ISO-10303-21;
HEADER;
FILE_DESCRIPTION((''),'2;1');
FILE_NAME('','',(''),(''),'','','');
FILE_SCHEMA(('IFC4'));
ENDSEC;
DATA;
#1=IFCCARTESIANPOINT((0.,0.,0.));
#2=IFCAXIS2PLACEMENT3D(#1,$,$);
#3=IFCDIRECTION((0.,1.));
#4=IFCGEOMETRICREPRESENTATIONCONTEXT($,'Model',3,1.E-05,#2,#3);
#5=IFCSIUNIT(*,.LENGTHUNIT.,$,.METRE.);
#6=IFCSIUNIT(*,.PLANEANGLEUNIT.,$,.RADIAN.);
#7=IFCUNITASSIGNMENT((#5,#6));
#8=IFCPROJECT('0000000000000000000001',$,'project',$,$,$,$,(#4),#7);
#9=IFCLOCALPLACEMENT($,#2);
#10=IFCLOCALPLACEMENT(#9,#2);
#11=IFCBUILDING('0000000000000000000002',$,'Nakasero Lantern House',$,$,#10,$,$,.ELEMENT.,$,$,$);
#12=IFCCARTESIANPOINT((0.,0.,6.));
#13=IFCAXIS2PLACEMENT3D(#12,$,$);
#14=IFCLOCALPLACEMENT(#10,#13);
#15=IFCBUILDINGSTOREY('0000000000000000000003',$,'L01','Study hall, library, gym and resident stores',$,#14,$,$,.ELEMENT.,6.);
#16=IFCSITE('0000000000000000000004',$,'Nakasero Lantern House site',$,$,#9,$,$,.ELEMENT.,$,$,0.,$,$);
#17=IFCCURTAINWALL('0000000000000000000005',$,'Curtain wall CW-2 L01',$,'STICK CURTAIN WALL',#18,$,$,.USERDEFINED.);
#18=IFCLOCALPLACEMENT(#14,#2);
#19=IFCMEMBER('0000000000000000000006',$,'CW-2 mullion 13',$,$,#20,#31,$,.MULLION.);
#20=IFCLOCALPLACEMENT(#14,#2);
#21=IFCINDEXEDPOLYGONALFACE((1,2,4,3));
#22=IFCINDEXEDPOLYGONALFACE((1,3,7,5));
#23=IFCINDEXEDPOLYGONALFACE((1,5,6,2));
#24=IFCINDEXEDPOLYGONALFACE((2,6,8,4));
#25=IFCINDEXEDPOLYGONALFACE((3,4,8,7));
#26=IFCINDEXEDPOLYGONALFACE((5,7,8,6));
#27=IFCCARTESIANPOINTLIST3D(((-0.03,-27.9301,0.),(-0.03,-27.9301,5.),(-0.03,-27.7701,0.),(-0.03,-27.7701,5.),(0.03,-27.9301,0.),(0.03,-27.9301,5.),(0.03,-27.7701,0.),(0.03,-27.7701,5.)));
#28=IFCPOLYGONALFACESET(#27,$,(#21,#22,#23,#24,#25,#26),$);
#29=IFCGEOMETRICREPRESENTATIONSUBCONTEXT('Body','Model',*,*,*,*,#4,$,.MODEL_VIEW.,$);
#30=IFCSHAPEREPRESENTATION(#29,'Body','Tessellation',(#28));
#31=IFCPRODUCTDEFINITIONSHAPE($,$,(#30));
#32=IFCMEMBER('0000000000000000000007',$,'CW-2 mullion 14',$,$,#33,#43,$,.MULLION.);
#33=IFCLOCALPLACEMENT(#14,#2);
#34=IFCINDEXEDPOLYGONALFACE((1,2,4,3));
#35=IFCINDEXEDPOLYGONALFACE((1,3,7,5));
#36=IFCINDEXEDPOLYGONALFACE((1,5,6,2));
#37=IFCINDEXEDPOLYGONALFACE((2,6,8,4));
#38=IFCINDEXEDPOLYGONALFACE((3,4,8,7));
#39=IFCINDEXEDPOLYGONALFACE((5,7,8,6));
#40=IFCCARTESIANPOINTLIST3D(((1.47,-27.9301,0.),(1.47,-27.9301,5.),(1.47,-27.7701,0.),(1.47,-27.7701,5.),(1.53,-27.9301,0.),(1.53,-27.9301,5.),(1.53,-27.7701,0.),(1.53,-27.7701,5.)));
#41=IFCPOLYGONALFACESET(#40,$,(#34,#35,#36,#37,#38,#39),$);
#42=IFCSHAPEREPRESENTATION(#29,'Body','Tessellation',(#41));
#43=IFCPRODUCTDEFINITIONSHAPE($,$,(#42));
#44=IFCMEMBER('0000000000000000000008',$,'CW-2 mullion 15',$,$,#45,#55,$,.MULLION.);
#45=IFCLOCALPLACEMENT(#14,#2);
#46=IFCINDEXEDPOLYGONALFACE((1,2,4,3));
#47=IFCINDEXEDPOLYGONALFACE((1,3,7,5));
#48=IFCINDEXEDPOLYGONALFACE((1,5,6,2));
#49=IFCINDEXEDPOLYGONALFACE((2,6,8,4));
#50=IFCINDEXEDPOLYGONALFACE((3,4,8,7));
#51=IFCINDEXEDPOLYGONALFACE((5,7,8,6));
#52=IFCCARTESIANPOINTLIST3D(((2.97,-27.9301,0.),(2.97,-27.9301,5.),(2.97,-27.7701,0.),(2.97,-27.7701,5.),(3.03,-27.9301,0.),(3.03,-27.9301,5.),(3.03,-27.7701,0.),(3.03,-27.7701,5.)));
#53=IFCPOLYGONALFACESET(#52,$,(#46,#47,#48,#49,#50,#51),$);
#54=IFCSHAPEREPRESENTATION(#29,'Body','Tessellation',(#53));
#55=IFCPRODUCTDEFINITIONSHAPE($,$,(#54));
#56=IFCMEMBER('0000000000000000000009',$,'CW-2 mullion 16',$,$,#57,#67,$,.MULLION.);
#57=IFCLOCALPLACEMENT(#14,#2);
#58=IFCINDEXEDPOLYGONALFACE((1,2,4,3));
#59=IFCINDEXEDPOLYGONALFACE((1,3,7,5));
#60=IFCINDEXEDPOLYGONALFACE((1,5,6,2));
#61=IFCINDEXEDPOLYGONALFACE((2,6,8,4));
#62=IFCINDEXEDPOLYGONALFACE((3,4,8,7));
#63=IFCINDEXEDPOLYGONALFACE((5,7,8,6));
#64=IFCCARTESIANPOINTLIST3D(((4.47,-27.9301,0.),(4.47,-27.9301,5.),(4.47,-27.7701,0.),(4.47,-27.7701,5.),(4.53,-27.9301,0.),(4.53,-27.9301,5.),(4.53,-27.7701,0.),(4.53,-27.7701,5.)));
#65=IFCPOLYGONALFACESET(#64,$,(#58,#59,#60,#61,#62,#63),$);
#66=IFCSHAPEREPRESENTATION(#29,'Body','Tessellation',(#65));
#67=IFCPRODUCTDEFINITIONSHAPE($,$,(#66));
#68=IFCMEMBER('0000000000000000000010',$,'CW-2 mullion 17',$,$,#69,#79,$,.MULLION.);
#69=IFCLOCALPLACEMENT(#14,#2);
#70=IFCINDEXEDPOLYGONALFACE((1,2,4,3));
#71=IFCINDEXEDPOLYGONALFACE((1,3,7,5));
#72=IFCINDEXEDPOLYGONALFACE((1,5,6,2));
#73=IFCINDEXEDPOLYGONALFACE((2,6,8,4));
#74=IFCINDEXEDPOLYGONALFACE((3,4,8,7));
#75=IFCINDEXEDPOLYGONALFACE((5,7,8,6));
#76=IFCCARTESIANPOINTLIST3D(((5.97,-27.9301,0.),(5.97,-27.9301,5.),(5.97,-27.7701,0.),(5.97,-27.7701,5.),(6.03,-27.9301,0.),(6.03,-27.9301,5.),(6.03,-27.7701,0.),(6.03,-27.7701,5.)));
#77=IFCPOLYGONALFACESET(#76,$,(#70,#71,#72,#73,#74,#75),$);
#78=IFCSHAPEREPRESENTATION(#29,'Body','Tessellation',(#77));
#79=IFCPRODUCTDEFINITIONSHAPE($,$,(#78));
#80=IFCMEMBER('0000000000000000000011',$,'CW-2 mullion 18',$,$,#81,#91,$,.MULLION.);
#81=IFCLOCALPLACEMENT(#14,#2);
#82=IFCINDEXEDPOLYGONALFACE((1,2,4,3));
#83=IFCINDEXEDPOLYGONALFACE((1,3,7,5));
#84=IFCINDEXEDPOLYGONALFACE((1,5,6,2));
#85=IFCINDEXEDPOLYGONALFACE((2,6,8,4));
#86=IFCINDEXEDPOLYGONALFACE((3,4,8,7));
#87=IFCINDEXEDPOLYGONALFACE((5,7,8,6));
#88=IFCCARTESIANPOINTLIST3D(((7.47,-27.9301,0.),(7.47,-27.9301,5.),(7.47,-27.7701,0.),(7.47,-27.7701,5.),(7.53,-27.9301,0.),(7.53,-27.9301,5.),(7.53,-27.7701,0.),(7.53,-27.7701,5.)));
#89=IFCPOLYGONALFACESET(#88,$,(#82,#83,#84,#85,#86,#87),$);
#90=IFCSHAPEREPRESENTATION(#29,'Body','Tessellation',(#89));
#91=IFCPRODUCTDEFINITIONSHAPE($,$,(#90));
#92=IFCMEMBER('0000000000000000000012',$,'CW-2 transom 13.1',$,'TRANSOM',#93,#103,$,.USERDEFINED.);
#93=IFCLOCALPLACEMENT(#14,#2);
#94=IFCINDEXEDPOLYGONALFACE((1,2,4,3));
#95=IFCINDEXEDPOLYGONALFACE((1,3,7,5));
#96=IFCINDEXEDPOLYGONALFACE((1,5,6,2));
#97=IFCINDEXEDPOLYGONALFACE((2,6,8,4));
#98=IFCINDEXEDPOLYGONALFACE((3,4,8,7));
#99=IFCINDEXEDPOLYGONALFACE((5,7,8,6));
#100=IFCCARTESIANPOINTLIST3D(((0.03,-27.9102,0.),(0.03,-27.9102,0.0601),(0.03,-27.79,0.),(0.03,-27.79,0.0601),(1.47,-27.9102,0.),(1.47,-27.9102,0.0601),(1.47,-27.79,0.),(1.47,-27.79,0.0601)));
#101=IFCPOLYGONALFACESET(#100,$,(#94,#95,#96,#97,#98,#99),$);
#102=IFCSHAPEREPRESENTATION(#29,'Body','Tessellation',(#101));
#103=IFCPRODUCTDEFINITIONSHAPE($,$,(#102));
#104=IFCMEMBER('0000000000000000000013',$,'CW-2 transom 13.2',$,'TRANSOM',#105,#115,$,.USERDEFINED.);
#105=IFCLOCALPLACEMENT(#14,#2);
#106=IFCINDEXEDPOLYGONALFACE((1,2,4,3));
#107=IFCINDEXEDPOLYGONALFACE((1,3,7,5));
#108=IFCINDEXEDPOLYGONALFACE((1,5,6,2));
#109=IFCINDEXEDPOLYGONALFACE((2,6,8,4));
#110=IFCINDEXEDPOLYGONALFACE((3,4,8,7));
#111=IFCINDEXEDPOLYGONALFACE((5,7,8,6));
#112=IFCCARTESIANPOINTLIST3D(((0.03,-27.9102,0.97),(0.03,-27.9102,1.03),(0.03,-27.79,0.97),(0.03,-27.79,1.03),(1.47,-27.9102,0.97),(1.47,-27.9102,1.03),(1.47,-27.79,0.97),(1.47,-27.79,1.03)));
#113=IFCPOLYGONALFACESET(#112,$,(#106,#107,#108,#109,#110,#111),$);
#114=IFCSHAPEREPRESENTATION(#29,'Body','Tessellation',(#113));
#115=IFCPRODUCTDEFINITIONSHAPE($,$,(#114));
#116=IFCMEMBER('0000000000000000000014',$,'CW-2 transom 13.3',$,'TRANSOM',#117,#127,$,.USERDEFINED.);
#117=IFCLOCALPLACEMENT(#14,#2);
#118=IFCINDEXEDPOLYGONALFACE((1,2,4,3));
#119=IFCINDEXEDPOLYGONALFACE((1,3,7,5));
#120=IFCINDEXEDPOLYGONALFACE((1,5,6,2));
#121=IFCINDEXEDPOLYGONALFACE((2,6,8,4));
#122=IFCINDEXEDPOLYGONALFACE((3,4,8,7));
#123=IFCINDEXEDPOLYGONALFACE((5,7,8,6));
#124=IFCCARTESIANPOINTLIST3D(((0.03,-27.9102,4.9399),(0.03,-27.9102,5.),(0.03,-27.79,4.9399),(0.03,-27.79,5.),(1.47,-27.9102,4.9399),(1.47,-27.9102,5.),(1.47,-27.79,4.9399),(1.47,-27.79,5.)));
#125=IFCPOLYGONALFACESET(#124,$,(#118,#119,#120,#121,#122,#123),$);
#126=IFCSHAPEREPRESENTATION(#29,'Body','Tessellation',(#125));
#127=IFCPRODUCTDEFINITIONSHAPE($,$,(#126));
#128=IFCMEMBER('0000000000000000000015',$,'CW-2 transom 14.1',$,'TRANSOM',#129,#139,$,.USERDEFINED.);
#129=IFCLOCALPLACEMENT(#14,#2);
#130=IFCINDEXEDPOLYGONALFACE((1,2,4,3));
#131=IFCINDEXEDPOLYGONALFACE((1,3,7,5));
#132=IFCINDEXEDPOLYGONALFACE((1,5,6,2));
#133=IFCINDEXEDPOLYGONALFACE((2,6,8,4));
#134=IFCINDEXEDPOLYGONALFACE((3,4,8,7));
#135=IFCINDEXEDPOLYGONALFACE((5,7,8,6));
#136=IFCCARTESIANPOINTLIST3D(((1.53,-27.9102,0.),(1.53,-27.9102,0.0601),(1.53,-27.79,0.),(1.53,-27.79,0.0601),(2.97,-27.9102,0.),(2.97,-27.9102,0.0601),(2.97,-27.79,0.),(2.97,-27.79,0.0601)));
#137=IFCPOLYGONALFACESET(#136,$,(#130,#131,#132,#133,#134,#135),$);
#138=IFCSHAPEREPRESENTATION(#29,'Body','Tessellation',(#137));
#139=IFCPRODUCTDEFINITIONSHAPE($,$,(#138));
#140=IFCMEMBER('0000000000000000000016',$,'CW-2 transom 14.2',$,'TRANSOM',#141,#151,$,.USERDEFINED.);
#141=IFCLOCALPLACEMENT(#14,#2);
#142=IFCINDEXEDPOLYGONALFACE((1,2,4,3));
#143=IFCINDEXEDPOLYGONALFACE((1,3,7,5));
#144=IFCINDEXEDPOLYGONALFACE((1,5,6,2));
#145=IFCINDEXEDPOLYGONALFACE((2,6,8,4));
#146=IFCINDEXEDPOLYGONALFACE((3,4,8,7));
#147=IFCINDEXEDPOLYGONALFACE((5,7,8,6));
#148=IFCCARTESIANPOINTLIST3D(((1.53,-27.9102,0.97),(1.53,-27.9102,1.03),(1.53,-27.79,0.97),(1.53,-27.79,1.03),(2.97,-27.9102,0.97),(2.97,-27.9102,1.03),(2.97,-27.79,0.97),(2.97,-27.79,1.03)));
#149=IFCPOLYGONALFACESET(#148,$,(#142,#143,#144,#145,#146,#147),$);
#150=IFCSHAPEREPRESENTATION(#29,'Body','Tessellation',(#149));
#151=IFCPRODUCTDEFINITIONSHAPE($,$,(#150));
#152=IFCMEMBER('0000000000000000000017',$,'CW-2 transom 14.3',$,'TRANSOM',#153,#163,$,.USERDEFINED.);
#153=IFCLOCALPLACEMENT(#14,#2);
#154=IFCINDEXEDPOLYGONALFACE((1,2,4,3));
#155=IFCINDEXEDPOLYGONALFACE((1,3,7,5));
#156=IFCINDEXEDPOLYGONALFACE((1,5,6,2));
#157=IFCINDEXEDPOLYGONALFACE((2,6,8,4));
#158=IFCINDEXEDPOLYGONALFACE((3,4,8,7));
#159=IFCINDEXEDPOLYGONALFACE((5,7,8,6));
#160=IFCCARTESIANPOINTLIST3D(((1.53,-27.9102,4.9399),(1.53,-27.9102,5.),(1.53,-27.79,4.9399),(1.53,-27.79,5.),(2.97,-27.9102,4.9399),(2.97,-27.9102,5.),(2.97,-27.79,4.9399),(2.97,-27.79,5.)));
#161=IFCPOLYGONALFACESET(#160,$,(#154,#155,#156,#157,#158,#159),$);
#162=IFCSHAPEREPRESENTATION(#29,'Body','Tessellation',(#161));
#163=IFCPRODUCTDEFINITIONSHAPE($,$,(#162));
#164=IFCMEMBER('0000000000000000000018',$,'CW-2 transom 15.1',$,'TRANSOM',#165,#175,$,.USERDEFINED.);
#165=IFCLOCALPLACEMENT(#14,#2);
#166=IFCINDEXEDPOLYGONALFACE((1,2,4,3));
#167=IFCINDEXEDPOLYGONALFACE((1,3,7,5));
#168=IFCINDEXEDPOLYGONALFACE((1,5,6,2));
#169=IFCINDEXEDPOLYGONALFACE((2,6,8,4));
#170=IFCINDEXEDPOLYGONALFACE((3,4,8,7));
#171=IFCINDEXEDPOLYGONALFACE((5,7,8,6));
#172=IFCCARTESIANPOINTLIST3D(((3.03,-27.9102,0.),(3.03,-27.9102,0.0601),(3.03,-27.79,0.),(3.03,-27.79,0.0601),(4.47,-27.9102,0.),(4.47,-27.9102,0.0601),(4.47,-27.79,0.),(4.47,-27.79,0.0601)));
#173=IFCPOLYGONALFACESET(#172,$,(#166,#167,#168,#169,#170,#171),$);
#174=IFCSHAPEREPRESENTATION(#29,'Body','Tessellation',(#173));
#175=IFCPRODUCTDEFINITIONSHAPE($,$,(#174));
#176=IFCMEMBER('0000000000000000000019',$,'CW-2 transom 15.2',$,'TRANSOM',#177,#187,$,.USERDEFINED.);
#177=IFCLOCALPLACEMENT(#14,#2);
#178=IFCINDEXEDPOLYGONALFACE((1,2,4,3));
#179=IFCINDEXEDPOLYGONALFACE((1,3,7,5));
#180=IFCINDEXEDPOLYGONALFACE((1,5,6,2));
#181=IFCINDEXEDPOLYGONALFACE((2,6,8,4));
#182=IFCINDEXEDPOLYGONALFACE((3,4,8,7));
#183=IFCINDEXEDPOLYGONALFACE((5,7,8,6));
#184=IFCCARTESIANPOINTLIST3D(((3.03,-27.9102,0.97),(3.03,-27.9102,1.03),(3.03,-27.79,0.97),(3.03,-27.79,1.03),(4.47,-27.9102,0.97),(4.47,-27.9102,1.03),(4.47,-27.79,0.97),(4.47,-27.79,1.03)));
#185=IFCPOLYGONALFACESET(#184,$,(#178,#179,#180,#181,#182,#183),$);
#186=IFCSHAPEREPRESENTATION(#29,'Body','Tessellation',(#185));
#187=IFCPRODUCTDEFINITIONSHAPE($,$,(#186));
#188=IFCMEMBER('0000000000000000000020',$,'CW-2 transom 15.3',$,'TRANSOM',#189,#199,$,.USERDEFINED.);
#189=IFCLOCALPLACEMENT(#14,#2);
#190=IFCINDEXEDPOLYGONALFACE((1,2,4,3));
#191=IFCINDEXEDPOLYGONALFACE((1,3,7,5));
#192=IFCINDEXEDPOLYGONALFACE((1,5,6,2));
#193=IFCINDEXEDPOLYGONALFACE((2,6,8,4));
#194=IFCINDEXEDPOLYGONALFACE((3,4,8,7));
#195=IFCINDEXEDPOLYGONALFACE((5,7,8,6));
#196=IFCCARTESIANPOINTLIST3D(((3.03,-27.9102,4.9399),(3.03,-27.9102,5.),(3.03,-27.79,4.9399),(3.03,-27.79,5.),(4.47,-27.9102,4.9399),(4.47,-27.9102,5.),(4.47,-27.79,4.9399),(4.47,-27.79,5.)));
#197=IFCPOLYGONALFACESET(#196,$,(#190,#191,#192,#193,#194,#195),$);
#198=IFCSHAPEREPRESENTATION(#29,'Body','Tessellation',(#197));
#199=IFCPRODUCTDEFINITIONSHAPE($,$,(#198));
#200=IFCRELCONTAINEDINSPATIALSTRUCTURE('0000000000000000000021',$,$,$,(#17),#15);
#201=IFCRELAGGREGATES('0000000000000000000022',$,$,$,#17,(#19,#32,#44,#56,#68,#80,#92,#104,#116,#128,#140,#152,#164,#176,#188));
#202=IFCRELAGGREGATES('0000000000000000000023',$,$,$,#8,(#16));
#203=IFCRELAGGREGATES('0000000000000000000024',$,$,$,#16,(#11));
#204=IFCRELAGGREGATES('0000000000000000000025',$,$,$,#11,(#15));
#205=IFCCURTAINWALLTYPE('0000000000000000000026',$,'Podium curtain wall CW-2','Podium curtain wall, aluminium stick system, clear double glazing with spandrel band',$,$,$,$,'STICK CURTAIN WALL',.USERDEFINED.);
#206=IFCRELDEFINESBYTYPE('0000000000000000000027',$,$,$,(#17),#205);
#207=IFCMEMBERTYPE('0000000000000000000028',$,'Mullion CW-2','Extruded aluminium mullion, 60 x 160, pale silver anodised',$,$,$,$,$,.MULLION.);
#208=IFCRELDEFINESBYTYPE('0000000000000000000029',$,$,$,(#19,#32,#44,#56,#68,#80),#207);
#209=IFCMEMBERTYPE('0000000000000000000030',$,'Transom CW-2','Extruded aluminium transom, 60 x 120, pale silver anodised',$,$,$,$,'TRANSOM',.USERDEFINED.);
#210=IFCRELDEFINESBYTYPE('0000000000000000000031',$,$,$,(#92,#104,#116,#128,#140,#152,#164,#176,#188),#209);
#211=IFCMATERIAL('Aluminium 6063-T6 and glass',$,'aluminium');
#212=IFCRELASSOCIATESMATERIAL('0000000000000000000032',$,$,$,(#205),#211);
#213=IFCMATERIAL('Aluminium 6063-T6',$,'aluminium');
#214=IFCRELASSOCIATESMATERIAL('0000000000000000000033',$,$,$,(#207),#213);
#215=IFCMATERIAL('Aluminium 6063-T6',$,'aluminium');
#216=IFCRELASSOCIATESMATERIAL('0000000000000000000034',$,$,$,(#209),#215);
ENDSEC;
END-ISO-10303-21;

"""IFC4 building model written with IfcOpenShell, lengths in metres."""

from ifc_helpers import new_model, si_unit, direction, frame, origin, origin_2d, place, context, subcontext, project, spatial, rectangle, extrude, material, material_profile, profile_set, type_object, element, aggregate, save


model = new_model("IFC4")

# Units and contexts
model_context = context("Model", 3, precision=1e-05, world=origin(), true_north=direction((0.0, 1.0)))
body_context = subcontext(model_context, "Body", "Model", "MODEL_VIEW")
ifc_project = project(units=[si_unit("LENGTHUNIT", "METRE"), si_unit("PLANEANGLEUNIT", "RADIAN")], contexts=[model_context])

# Site, building, storey
site_placement = place(None, origin())
site = spatial("IfcSite", under=ifc_project, at=site_placement, Name="Nakasero Lantern House site", CompositionType="ELEMENT", RefElevation=0.0)
building_placement = place(site_placement, origin())
building = spatial("IfcBuilding", under=site, at=building_placement, Name="Nakasero Lantern House", CompositionType="ELEMENT")
storey_placement = place(building_placement, frame((0.0, 0.0, 6.0)))
storey = spatial("IfcBuildingStorey", under=building, at=storey_placement, Name="L01", Description="Study hall, library, gym and resident stores", CompositionType="ELEMENT", Elevation=6.0)

# Curtain wall, members
ifc_material_1 = material(Name="Aluminium 6063-T6 and glass", Category="aluminium")
curtain_wall_type = type_object("IfcCurtainWallType", Name="Podium curtain wall CW-2", Description="Podium curtain wall, aluminium stick system, clear double glazing with spandrel band", ElementType="STICK CURTAIN WALL", PredefinedType="USERDEFINED", material=ifc_material_1)
curtain_wall_placement = place(storey_placement, origin())
curtain_wall = element("IfcCurtainWall", 1, at=curtain_wall_placement, inside=storey, type_object=curtain_wall_type, Name="Curtain wall CW-2 L01", ObjectType="STICK CURTAIN WALL", PredefinedType="USERDEFINED")
ifc_material_2 = material(Name="Aluminium 6063-T6", Category="aluminium")
ifc_material_profile_1 = material_profile(ifc_material_2, rectangle(XDim=0.0601, YDim=0.1599, at=origin_2d()), Name="CW-2 mullion 60x160")
ifc_profile_set_1 = profile_set([ifc_material_profile_1], Name="Aluminium 6063-T6")
member_type_1 = type_object("IfcMemberType", Name="Mullion CW-2", Description="Extruded aluminium mullion, 60 x 160, pale silver anodised", PredefinedType="MULLION", material=ifc_profile_set_1)
member_1_placement = place(storey_placement, frame((0.0, -27.8501, 0.0), z_axis=(0.0, 0.0, 1.0), x_axis=(1.0, 0.0, 0.0)))
member_1 = element("IfcMember", 2, at=member_1_placement, type_object=member_type_1, Name="CW-2 mullion 13", PredefinedType="MULLION", context=body_context, shape_type="SweptSolid", body=[
    extrude(rectangle(XDim=0.0601, YDim=0.1599, at=origin_2d()), origin(), (0.0, 0.0, 1.0), 5.0),
])
member_2_placement = place(storey_placement, frame((1.5, -27.8501, 0.0), z_axis=(0.0, 0.0, 1.0), x_axis=(1.0, 0.0, 0.0)))
member_2 = element("IfcMember", 3, at=member_2_placement, type_object=member_type_1, Name="CW-2 mullion 14", PredefinedType="MULLION", context=body_context, shape_type="SweptSolid", body=[
    extrude(rectangle(XDim=0.0601, YDim=0.1599, at=origin_2d()), origin(), (0.0, 0.0, 1.0), 5.0),
])
member_3_placement = place(storey_placement, frame((3.0, -27.8501, 0.0), z_axis=(0.0, 0.0, 1.0), x_axis=(1.0, 0.0, 0.0)))
member_3 = element("IfcMember", 4, at=member_3_placement, type_object=member_type_1, Name="CW-2 mullion 15", PredefinedType="MULLION", context=body_context, shape_type="SweptSolid", body=[
    extrude(rectangle(XDim=0.0601, YDim=0.1599, at=origin_2d()), origin(), (0.0, 0.0, 1.0), 5.0),
])
member_4_placement = place(storey_placement, frame((4.5, -27.8501, 0.0), z_axis=(0.0, 0.0, 1.0), x_axis=(1.0, 0.0, 0.0)))
member_4 = element("IfcMember", 5, at=member_4_placement, type_object=member_type_1, Name="CW-2 mullion 16", PredefinedType="MULLION", context=body_context, shape_type="SweptSolid", body=[
    extrude(rectangle(XDim=0.0601, YDim=0.1599, at=origin_2d()), origin(), (0.0, 0.0, 1.0), 5.0),
])
member_5_placement = place(storey_placement, frame((6.0, -27.8501, 0.0), z_axis=(0.0, 0.0, 1.0), x_axis=(1.0, 0.0, 0.0)))
member_5 = element("IfcMember", 6, at=member_5_placement, type_object=member_type_1, Name="CW-2 mullion 17", PredefinedType="MULLION", context=body_context, shape_type="SweptSolid", body=[
    extrude(rectangle(XDim=0.0601, YDim=0.1599, at=origin_2d()), origin(), (0.0, 0.0, 1.0), 5.0),
])
member_6_placement = place(storey_placement, frame((7.5, -27.8501, 0.0), z_axis=(0.0, 0.0, 1.0), x_axis=(1.0, 0.0, 0.0)))
member_6 = element("IfcMember", 7, at=member_6_placement, type_object=member_type_1, Name="CW-2 mullion 18", PredefinedType="MULLION", context=body_context, shape_type="SweptSolid", body=[
    extrude(rectangle(XDim=0.0601, YDim=0.1599, at=origin_2d()), origin(), (0.0, 0.0, 1.0), 5.0),
])
ifc_material_3 = material(Name="Aluminium 6063-T6", Category="aluminium")
ifc_material_profile_2 = material_profile(ifc_material_3, rectangle(XDim=0.0601, YDim=0.1201, at=origin_2d()), Name="CW-2 transom 60x120")
ifc_profile_set_2 = profile_set([ifc_material_profile_2], Name="Aluminium 6063-T6")
member_type_2 = type_object("IfcMemberType", Name="Transom CW-2", Description="Extruded aluminium transom, 60 x 120, pale silver anodised", ElementType="TRANSOM", PredefinedType="USERDEFINED", material=ifc_profile_set_2)
member_7_placement = place(storey_placement, frame((0.03, -27.8501, 0.03), z_axis=(1.0, 0.0, 0.0), x_axis=(0.0, 0.0, 1.0)))
member_7 = element("IfcMember", 8, at=member_7_placement, type_object=member_type_2, Name="CW-2 transom 13.1", ObjectType="TRANSOM", PredefinedType="USERDEFINED", context=body_context, shape_type="SweptSolid", body=[
    extrude(rectangle(XDim=0.0601, YDim=0.1201, at=origin_2d()), origin(), (0.0, 0.0, 1.0), 1.4399),
])
member_8_placement = place(storey_placement, frame((0.03, -27.8501, 1.0), z_axis=(1.0, 0.0, 0.0), x_axis=(0.0, 0.0, 1.0)))
member_8 = element("IfcMember", 9, at=member_8_placement, type_object=member_type_2, Name="CW-2 transom 13.2", ObjectType="TRANSOM", PredefinedType="USERDEFINED", context=body_context, shape_type="SweptSolid", body=[
    extrude(rectangle(XDim=0.0601, YDim=0.1201, at=origin_2d()), origin(), (0.0, 0.0, 1.0), 1.4399),
])
member_9_placement = place(storey_placement, frame((0.03, -27.8501, 4.97), z_axis=(1.0, 0.0, 0.0), x_axis=(0.0, 0.0, 1.0)))
member_9 = element("IfcMember", 10, at=member_9_placement, type_object=member_type_2, Name="CW-2 transom 13.3", ObjectType="TRANSOM", PredefinedType="USERDEFINED", context=body_context, shape_type="SweptSolid", body=[
    extrude(rectangle(XDim=0.0601, YDim=0.1201, at=origin_2d()), origin(), (0.0, 0.0, 1.0), 1.4399),
])
member_10_placement = place(storey_placement, frame((1.53, -27.8501, 0.03), z_axis=(1.0, 0.0, 0.0), x_axis=(0.0, 0.0, 1.0)))
member_10 = element("IfcMember", 11, at=member_10_placement, type_object=member_type_2, Name="CW-2 transom 14.1", ObjectType="TRANSOM", PredefinedType="USERDEFINED", context=body_context, shape_type="SweptSolid", body=[
    extrude(rectangle(XDim=0.0601, YDim=0.1201, at=origin_2d()), origin(), (0.0, 0.0, 1.0), 1.4399),
])
member_11_placement = place(storey_placement, frame((1.53, -27.8501, 1.0), z_axis=(1.0, 0.0, 0.0), x_axis=(0.0, 0.0, 1.0)))
member_11 = element("IfcMember", 12, at=member_11_placement, type_object=member_type_2, Name="CW-2 transom 14.2", ObjectType="TRANSOM", PredefinedType="USERDEFINED", context=body_context, shape_type="SweptSolid", body=[
    extrude(rectangle(XDim=0.0601, YDim=0.1201, at=origin_2d()), origin(), (0.0, 0.0, 1.0), 1.4399),
])
member_12_placement = place(storey_placement, frame((1.53, -27.8501, 4.97), z_axis=(1.0, 0.0, 0.0), x_axis=(0.0, 0.0, 1.0)))
member_12 = element("IfcMember", 13, at=member_12_placement, type_object=member_type_2, Name="CW-2 transom 14.3", ObjectType="TRANSOM", PredefinedType="USERDEFINED", context=body_context, shape_type="SweptSolid", body=[
    extrude(rectangle(XDim=0.0601, YDim=0.1201, at=origin_2d()), origin(), (0.0, 0.0, 1.0), 1.4399),
])
member_13_placement = place(storey_placement, frame((3.03, -27.8501, 0.03), z_axis=(1.0, 0.0, 0.0), x_axis=(0.0, 0.0, 1.0)))
member_13 = element("IfcMember", 14, at=member_13_placement, type_object=member_type_2, Name="CW-2 transom 15.1", ObjectType="TRANSOM", PredefinedType="USERDEFINED", context=body_context, shape_type="SweptSolid", body=[
    extrude(rectangle(XDim=0.0601, YDim=0.1201, at=origin_2d()), origin(), (0.0, 0.0, 1.0), 1.4399),
])
member_14_placement = place(storey_placement, frame((3.03, -27.8501, 1.0), z_axis=(1.0, 0.0, 0.0), x_axis=(0.0, 0.0, 1.0)))
member_14 = element("IfcMember", 15, at=member_14_placement, type_object=member_type_2, Name="CW-2 transom 15.2", ObjectType="TRANSOM", PredefinedType="USERDEFINED", context=body_context, shape_type="SweptSolid", body=[
    extrude(rectangle(XDim=0.0601, YDim=0.1201, at=origin_2d()), origin(), (0.0, 0.0, 1.0), 1.4399),
])
member_15_placement = place(storey_placement, frame((3.03, -27.8501, 4.97), z_axis=(1.0, 0.0, 0.0), x_axis=(0.0, 0.0, 1.0)))
member_15 = element("IfcMember", 16, at=member_15_placement, type_object=member_type_2, Name="CW-2 transom 15.3", ObjectType="TRANSOM", PredefinedType="USERDEFINED", context=body_context, shape_type="SweptSolid", body=[
    extrude(rectangle(XDim=0.0601, YDim=0.1201, at=origin_2d()), origin(), (0.0, 0.0, 1.0), 1.4399),
])
aggregate(curtain_wall, [member_1, member_2, member_3, member_4, member_5, member_6, member_7, member_8, member_9, member_10, member_11, member_12, member_13, member_14, member_15])

save(model, "model.ifc")
